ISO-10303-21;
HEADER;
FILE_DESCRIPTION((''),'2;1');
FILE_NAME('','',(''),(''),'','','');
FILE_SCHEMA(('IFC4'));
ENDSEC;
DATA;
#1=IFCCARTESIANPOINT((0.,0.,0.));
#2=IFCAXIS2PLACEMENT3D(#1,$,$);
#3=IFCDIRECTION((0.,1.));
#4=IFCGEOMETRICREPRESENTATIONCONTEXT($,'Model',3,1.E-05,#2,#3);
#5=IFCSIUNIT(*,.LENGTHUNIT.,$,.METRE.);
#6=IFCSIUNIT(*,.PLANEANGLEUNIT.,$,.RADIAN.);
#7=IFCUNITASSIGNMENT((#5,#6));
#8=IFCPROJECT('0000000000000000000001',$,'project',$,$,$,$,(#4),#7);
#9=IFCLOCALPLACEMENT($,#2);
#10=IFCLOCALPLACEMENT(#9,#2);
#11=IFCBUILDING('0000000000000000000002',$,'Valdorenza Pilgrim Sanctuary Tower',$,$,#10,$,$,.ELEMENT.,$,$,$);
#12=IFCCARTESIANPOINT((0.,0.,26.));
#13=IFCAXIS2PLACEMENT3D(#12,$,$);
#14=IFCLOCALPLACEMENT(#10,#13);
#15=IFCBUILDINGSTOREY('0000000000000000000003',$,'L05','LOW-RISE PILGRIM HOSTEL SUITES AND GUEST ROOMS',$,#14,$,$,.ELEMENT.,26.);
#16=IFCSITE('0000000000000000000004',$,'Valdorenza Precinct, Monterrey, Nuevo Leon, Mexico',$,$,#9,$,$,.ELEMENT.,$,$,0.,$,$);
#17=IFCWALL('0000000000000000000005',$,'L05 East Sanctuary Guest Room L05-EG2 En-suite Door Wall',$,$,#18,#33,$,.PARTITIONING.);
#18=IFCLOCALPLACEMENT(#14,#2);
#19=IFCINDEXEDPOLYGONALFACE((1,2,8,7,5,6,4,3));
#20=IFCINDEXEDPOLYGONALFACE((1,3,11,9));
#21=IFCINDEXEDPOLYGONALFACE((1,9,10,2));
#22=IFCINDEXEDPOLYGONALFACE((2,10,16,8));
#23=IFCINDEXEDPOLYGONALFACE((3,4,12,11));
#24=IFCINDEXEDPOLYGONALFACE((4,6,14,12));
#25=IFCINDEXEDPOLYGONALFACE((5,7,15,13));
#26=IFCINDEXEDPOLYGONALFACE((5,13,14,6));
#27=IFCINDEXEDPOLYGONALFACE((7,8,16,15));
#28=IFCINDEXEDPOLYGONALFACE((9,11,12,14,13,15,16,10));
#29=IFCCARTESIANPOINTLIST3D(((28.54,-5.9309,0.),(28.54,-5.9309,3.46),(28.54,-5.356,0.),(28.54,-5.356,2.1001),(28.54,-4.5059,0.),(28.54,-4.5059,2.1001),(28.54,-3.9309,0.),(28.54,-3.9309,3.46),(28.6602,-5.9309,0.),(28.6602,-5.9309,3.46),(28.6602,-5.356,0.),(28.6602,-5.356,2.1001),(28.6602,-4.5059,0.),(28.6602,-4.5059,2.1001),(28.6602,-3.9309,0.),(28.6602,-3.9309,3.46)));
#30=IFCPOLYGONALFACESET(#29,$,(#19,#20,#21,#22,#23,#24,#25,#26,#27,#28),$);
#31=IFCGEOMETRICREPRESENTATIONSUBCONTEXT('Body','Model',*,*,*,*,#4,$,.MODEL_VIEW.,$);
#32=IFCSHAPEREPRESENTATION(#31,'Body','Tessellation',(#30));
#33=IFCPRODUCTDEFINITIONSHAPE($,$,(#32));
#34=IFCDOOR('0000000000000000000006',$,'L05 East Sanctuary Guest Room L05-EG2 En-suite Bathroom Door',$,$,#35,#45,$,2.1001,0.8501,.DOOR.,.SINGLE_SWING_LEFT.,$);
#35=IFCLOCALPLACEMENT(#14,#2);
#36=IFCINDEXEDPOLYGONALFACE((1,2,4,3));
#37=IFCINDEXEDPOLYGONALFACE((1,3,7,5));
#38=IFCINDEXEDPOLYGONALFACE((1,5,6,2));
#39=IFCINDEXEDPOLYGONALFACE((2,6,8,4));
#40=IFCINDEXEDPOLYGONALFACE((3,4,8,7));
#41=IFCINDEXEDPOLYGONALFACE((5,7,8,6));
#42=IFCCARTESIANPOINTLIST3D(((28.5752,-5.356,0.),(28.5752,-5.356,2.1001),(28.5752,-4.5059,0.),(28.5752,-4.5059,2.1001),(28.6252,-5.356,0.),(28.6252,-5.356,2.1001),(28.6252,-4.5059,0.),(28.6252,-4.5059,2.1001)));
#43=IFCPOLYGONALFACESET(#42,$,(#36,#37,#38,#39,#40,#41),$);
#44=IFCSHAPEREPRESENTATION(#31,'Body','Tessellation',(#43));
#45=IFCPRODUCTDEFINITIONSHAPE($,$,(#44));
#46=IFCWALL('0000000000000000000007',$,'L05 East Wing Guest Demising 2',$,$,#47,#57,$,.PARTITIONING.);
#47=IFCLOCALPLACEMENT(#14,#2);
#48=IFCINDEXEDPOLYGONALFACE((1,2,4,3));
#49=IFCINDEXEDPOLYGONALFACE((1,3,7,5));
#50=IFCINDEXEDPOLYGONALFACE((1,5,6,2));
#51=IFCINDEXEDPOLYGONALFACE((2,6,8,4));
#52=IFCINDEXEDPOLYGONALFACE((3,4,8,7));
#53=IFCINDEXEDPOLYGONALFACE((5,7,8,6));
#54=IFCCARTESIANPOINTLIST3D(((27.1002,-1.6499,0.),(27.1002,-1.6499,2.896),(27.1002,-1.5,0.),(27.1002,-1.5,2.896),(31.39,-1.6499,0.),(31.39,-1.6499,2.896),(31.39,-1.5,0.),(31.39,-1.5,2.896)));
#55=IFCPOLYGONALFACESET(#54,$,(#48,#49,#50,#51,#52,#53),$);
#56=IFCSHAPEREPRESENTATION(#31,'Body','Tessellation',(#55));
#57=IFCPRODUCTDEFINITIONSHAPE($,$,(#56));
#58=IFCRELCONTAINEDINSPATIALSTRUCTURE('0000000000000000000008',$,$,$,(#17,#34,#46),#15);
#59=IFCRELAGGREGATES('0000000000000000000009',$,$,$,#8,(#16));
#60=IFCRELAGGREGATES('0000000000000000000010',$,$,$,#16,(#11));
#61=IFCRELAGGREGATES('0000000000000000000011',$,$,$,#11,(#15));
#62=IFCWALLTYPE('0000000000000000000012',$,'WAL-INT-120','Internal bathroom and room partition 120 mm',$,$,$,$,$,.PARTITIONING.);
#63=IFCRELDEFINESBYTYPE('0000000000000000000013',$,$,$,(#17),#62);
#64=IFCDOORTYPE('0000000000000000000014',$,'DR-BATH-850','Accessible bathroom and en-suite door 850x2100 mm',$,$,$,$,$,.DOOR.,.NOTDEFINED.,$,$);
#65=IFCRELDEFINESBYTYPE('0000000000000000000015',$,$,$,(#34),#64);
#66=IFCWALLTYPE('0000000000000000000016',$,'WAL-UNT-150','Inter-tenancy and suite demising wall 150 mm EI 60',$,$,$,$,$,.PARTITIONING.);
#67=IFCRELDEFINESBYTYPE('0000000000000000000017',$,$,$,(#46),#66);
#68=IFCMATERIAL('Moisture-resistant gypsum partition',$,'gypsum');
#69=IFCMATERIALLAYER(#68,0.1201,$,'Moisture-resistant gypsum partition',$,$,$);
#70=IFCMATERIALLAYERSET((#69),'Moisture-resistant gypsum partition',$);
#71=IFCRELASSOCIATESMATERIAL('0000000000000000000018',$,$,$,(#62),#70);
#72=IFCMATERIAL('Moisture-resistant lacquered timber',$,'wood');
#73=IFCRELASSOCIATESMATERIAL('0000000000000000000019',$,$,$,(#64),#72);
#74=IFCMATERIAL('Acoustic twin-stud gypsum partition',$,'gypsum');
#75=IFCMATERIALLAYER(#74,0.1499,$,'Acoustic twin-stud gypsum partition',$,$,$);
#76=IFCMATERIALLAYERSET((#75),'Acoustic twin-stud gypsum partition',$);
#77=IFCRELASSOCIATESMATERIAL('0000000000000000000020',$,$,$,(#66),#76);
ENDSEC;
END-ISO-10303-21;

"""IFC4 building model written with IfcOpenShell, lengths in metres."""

from ifc_helpers import new_model, si_unit, direction, frame, frame_2d, origin, place, context, subcontext, project, spatial, rectangle, extrude, material, layer, layer_set, type_object, element, fill, save


model = new_model("IFC4")

# Units and contexts
model_context = context("Model", 3, precision=1e-05, world=origin(), true_north=direction((0.0, 1.0)))
body_context = subcontext(model_context, "Body", "Model", "MODEL_VIEW")
ifc_project = project(units=[si_unit("LENGTHUNIT", "METRE"), si_unit("PLANEANGLEUNIT", "RADIAN")], contexts=[model_context])

# Site, building, storey
site_placement = place(None, origin())
site = spatial("IfcSite", under=ifc_project, at=site_placement, Name="Valdorenza Precinct, Monterrey, Nuevo Leon, Mexico", CompositionType="ELEMENT", RefElevation=0.0)
building_placement = place(site_placement, origin())
building = spatial("IfcBuilding", under=site, at=building_placement, Name="Valdorenza Pilgrim Sanctuary Tower", CompositionType="ELEMENT")
storey_placement = place(building_placement, frame((0.0, 0.0, 26.0)))
storey = spatial("IfcBuildingStorey", under=building, at=storey_placement, Name="L05", Description="LOW-RISE PILGRIM HOSTEL SUITES AND GUEST ROOMS", CompositionType="ELEMENT", Elevation=26.0)

# Shared definitions
ifc_material_1 = material(Name="Moisture-resistant gypsum partition", Category="gypsum")
ifc_layer_1 = layer(ifc_material_1, 0.1201, Name="Moisture-resistant gypsum partition")
ifc_layer_set_1 = layer_set([ifc_layer_1], Name="Moisture-resistant gypsum partition")
wall_type_1 = type_object("IfcWallType", Name="WAL-INT-120", Description="Internal bathroom and room partition 120 mm", PredefinedType="PARTITIONING", material=ifc_layer_set_1)

# Wall, opening, door
wall_1_placement = place(storey_placement, frame((28.6001, -5.9309, 0.0), z_axis=(0.0, 0.0, 1.0), x_axis=(0.0, 1.0, 0.0)))
wall_1 = element("IfcWall", 1, at=wall_1_placement, inside=storey, type_object=wall_type_1, Name="L05 East Sanctuary Guest Room L05-EG2 En-suite Door Wall", PredefinedType="PARTITIONING", context=body_context, shape_type="SweptSolid", body=[
    extrude(rectangle(XDim=2.0, YDim=0.1201, at=frame_2d((1.0, 0.0))), origin(), (0.0, 0.0, 1.0), 3.46),
])
opening_placement = place(wall_1_placement, frame((0.575, 0.0, 0.0)))
opening = element("IfcOpeningElement", 2, at=opening_placement, cuts=wall_1, PredefinedType="OPENING", context=body_context, shape_type="SweptSolid", body=[
    extrude(rectangle(XDim=0.8501, YDim=2.1001, at=frame_2d((0.425, 1.05))), frame((0.0, 0.075, 0.0), z_axis=(0.0, -1.0, 0.0), x_axis=(1.0, 0.0, 0.0)), (0.0, 0.0, 1.0), 0.1499),
])
ifc_material_2 = material(Name="Moisture-resistant lacquered timber", Category="wood")
door_type = type_object("IfcDoorType", Name="DR-BATH-850", Description="Accessible bathroom and en-suite door 850x2100 mm", OperationType="NOTDEFINED", PredefinedType="DOOR", material=ifc_material_2)
door_placement = place(opening_placement, origin())
door = element("IfcDoor", 3, at=door_placement, inside=storey, type_object=door_type, Name="L05 East Sanctuary Guest Room L05-EG2 En-suite Bathroom Door", OperationType="SINGLE_SWING_LEFT", OverallHeight=2.1001, OverallWidth=0.8501, PredefinedType="DOOR", context=body_context, shape_type="SweptSolid", body=[
    extrude(rectangle(XDim=0.8501, YDim=2.1001, at=frame_2d((0.425, 1.05))), frame((0.0, 0.0249, 0.0), z_axis=(0.0, -1.0, 0.0), x_axis=(1.0, 0.0, 0.0)), (0.0, 0.0, 1.0), 0.05),
])
fill(opening, door)

# Wall
ifc_material_3 = material(Name="Acoustic twin-stud gypsum partition", Category="gypsum")
ifc_layer_2 = layer(ifc_material_3, 0.1499, Name="Acoustic twin-stud gypsum partition")
ifc_layer_set_2 = layer_set([ifc_layer_2], Name="Acoustic twin-stud gypsum partition")
wall_type_2 = type_object("IfcWallType", Name="WAL-UNT-150", Description="Inter-tenancy and suite demising wall 150 mm EI 60", PredefinedType="PARTITIONING", material=ifc_layer_set_2)
wall_2_placement = place(storey_placement, frame((27.1001, -1.575, 0.0), z_axis=(0.0, 0.0, 1.0), x_axis=(1.0, 0.0, 0.0)))
element("IfcWall", 4, at=wall_2_placement, inside=storey, type_object=wall_type_2, Name="L05 East Wing Guest Demising 2", PredefinedType="PARTITIONING", context=body_context, shape_type="SweptSolid", body=[
    extrude(rectangle(XDim=4.2898, YDim=0.1499, at=frame_2d((2.145, 0.0))), origin(), (0.0, 0.0, 1.0), 2.896),
])

save(model, "model.ifc")
